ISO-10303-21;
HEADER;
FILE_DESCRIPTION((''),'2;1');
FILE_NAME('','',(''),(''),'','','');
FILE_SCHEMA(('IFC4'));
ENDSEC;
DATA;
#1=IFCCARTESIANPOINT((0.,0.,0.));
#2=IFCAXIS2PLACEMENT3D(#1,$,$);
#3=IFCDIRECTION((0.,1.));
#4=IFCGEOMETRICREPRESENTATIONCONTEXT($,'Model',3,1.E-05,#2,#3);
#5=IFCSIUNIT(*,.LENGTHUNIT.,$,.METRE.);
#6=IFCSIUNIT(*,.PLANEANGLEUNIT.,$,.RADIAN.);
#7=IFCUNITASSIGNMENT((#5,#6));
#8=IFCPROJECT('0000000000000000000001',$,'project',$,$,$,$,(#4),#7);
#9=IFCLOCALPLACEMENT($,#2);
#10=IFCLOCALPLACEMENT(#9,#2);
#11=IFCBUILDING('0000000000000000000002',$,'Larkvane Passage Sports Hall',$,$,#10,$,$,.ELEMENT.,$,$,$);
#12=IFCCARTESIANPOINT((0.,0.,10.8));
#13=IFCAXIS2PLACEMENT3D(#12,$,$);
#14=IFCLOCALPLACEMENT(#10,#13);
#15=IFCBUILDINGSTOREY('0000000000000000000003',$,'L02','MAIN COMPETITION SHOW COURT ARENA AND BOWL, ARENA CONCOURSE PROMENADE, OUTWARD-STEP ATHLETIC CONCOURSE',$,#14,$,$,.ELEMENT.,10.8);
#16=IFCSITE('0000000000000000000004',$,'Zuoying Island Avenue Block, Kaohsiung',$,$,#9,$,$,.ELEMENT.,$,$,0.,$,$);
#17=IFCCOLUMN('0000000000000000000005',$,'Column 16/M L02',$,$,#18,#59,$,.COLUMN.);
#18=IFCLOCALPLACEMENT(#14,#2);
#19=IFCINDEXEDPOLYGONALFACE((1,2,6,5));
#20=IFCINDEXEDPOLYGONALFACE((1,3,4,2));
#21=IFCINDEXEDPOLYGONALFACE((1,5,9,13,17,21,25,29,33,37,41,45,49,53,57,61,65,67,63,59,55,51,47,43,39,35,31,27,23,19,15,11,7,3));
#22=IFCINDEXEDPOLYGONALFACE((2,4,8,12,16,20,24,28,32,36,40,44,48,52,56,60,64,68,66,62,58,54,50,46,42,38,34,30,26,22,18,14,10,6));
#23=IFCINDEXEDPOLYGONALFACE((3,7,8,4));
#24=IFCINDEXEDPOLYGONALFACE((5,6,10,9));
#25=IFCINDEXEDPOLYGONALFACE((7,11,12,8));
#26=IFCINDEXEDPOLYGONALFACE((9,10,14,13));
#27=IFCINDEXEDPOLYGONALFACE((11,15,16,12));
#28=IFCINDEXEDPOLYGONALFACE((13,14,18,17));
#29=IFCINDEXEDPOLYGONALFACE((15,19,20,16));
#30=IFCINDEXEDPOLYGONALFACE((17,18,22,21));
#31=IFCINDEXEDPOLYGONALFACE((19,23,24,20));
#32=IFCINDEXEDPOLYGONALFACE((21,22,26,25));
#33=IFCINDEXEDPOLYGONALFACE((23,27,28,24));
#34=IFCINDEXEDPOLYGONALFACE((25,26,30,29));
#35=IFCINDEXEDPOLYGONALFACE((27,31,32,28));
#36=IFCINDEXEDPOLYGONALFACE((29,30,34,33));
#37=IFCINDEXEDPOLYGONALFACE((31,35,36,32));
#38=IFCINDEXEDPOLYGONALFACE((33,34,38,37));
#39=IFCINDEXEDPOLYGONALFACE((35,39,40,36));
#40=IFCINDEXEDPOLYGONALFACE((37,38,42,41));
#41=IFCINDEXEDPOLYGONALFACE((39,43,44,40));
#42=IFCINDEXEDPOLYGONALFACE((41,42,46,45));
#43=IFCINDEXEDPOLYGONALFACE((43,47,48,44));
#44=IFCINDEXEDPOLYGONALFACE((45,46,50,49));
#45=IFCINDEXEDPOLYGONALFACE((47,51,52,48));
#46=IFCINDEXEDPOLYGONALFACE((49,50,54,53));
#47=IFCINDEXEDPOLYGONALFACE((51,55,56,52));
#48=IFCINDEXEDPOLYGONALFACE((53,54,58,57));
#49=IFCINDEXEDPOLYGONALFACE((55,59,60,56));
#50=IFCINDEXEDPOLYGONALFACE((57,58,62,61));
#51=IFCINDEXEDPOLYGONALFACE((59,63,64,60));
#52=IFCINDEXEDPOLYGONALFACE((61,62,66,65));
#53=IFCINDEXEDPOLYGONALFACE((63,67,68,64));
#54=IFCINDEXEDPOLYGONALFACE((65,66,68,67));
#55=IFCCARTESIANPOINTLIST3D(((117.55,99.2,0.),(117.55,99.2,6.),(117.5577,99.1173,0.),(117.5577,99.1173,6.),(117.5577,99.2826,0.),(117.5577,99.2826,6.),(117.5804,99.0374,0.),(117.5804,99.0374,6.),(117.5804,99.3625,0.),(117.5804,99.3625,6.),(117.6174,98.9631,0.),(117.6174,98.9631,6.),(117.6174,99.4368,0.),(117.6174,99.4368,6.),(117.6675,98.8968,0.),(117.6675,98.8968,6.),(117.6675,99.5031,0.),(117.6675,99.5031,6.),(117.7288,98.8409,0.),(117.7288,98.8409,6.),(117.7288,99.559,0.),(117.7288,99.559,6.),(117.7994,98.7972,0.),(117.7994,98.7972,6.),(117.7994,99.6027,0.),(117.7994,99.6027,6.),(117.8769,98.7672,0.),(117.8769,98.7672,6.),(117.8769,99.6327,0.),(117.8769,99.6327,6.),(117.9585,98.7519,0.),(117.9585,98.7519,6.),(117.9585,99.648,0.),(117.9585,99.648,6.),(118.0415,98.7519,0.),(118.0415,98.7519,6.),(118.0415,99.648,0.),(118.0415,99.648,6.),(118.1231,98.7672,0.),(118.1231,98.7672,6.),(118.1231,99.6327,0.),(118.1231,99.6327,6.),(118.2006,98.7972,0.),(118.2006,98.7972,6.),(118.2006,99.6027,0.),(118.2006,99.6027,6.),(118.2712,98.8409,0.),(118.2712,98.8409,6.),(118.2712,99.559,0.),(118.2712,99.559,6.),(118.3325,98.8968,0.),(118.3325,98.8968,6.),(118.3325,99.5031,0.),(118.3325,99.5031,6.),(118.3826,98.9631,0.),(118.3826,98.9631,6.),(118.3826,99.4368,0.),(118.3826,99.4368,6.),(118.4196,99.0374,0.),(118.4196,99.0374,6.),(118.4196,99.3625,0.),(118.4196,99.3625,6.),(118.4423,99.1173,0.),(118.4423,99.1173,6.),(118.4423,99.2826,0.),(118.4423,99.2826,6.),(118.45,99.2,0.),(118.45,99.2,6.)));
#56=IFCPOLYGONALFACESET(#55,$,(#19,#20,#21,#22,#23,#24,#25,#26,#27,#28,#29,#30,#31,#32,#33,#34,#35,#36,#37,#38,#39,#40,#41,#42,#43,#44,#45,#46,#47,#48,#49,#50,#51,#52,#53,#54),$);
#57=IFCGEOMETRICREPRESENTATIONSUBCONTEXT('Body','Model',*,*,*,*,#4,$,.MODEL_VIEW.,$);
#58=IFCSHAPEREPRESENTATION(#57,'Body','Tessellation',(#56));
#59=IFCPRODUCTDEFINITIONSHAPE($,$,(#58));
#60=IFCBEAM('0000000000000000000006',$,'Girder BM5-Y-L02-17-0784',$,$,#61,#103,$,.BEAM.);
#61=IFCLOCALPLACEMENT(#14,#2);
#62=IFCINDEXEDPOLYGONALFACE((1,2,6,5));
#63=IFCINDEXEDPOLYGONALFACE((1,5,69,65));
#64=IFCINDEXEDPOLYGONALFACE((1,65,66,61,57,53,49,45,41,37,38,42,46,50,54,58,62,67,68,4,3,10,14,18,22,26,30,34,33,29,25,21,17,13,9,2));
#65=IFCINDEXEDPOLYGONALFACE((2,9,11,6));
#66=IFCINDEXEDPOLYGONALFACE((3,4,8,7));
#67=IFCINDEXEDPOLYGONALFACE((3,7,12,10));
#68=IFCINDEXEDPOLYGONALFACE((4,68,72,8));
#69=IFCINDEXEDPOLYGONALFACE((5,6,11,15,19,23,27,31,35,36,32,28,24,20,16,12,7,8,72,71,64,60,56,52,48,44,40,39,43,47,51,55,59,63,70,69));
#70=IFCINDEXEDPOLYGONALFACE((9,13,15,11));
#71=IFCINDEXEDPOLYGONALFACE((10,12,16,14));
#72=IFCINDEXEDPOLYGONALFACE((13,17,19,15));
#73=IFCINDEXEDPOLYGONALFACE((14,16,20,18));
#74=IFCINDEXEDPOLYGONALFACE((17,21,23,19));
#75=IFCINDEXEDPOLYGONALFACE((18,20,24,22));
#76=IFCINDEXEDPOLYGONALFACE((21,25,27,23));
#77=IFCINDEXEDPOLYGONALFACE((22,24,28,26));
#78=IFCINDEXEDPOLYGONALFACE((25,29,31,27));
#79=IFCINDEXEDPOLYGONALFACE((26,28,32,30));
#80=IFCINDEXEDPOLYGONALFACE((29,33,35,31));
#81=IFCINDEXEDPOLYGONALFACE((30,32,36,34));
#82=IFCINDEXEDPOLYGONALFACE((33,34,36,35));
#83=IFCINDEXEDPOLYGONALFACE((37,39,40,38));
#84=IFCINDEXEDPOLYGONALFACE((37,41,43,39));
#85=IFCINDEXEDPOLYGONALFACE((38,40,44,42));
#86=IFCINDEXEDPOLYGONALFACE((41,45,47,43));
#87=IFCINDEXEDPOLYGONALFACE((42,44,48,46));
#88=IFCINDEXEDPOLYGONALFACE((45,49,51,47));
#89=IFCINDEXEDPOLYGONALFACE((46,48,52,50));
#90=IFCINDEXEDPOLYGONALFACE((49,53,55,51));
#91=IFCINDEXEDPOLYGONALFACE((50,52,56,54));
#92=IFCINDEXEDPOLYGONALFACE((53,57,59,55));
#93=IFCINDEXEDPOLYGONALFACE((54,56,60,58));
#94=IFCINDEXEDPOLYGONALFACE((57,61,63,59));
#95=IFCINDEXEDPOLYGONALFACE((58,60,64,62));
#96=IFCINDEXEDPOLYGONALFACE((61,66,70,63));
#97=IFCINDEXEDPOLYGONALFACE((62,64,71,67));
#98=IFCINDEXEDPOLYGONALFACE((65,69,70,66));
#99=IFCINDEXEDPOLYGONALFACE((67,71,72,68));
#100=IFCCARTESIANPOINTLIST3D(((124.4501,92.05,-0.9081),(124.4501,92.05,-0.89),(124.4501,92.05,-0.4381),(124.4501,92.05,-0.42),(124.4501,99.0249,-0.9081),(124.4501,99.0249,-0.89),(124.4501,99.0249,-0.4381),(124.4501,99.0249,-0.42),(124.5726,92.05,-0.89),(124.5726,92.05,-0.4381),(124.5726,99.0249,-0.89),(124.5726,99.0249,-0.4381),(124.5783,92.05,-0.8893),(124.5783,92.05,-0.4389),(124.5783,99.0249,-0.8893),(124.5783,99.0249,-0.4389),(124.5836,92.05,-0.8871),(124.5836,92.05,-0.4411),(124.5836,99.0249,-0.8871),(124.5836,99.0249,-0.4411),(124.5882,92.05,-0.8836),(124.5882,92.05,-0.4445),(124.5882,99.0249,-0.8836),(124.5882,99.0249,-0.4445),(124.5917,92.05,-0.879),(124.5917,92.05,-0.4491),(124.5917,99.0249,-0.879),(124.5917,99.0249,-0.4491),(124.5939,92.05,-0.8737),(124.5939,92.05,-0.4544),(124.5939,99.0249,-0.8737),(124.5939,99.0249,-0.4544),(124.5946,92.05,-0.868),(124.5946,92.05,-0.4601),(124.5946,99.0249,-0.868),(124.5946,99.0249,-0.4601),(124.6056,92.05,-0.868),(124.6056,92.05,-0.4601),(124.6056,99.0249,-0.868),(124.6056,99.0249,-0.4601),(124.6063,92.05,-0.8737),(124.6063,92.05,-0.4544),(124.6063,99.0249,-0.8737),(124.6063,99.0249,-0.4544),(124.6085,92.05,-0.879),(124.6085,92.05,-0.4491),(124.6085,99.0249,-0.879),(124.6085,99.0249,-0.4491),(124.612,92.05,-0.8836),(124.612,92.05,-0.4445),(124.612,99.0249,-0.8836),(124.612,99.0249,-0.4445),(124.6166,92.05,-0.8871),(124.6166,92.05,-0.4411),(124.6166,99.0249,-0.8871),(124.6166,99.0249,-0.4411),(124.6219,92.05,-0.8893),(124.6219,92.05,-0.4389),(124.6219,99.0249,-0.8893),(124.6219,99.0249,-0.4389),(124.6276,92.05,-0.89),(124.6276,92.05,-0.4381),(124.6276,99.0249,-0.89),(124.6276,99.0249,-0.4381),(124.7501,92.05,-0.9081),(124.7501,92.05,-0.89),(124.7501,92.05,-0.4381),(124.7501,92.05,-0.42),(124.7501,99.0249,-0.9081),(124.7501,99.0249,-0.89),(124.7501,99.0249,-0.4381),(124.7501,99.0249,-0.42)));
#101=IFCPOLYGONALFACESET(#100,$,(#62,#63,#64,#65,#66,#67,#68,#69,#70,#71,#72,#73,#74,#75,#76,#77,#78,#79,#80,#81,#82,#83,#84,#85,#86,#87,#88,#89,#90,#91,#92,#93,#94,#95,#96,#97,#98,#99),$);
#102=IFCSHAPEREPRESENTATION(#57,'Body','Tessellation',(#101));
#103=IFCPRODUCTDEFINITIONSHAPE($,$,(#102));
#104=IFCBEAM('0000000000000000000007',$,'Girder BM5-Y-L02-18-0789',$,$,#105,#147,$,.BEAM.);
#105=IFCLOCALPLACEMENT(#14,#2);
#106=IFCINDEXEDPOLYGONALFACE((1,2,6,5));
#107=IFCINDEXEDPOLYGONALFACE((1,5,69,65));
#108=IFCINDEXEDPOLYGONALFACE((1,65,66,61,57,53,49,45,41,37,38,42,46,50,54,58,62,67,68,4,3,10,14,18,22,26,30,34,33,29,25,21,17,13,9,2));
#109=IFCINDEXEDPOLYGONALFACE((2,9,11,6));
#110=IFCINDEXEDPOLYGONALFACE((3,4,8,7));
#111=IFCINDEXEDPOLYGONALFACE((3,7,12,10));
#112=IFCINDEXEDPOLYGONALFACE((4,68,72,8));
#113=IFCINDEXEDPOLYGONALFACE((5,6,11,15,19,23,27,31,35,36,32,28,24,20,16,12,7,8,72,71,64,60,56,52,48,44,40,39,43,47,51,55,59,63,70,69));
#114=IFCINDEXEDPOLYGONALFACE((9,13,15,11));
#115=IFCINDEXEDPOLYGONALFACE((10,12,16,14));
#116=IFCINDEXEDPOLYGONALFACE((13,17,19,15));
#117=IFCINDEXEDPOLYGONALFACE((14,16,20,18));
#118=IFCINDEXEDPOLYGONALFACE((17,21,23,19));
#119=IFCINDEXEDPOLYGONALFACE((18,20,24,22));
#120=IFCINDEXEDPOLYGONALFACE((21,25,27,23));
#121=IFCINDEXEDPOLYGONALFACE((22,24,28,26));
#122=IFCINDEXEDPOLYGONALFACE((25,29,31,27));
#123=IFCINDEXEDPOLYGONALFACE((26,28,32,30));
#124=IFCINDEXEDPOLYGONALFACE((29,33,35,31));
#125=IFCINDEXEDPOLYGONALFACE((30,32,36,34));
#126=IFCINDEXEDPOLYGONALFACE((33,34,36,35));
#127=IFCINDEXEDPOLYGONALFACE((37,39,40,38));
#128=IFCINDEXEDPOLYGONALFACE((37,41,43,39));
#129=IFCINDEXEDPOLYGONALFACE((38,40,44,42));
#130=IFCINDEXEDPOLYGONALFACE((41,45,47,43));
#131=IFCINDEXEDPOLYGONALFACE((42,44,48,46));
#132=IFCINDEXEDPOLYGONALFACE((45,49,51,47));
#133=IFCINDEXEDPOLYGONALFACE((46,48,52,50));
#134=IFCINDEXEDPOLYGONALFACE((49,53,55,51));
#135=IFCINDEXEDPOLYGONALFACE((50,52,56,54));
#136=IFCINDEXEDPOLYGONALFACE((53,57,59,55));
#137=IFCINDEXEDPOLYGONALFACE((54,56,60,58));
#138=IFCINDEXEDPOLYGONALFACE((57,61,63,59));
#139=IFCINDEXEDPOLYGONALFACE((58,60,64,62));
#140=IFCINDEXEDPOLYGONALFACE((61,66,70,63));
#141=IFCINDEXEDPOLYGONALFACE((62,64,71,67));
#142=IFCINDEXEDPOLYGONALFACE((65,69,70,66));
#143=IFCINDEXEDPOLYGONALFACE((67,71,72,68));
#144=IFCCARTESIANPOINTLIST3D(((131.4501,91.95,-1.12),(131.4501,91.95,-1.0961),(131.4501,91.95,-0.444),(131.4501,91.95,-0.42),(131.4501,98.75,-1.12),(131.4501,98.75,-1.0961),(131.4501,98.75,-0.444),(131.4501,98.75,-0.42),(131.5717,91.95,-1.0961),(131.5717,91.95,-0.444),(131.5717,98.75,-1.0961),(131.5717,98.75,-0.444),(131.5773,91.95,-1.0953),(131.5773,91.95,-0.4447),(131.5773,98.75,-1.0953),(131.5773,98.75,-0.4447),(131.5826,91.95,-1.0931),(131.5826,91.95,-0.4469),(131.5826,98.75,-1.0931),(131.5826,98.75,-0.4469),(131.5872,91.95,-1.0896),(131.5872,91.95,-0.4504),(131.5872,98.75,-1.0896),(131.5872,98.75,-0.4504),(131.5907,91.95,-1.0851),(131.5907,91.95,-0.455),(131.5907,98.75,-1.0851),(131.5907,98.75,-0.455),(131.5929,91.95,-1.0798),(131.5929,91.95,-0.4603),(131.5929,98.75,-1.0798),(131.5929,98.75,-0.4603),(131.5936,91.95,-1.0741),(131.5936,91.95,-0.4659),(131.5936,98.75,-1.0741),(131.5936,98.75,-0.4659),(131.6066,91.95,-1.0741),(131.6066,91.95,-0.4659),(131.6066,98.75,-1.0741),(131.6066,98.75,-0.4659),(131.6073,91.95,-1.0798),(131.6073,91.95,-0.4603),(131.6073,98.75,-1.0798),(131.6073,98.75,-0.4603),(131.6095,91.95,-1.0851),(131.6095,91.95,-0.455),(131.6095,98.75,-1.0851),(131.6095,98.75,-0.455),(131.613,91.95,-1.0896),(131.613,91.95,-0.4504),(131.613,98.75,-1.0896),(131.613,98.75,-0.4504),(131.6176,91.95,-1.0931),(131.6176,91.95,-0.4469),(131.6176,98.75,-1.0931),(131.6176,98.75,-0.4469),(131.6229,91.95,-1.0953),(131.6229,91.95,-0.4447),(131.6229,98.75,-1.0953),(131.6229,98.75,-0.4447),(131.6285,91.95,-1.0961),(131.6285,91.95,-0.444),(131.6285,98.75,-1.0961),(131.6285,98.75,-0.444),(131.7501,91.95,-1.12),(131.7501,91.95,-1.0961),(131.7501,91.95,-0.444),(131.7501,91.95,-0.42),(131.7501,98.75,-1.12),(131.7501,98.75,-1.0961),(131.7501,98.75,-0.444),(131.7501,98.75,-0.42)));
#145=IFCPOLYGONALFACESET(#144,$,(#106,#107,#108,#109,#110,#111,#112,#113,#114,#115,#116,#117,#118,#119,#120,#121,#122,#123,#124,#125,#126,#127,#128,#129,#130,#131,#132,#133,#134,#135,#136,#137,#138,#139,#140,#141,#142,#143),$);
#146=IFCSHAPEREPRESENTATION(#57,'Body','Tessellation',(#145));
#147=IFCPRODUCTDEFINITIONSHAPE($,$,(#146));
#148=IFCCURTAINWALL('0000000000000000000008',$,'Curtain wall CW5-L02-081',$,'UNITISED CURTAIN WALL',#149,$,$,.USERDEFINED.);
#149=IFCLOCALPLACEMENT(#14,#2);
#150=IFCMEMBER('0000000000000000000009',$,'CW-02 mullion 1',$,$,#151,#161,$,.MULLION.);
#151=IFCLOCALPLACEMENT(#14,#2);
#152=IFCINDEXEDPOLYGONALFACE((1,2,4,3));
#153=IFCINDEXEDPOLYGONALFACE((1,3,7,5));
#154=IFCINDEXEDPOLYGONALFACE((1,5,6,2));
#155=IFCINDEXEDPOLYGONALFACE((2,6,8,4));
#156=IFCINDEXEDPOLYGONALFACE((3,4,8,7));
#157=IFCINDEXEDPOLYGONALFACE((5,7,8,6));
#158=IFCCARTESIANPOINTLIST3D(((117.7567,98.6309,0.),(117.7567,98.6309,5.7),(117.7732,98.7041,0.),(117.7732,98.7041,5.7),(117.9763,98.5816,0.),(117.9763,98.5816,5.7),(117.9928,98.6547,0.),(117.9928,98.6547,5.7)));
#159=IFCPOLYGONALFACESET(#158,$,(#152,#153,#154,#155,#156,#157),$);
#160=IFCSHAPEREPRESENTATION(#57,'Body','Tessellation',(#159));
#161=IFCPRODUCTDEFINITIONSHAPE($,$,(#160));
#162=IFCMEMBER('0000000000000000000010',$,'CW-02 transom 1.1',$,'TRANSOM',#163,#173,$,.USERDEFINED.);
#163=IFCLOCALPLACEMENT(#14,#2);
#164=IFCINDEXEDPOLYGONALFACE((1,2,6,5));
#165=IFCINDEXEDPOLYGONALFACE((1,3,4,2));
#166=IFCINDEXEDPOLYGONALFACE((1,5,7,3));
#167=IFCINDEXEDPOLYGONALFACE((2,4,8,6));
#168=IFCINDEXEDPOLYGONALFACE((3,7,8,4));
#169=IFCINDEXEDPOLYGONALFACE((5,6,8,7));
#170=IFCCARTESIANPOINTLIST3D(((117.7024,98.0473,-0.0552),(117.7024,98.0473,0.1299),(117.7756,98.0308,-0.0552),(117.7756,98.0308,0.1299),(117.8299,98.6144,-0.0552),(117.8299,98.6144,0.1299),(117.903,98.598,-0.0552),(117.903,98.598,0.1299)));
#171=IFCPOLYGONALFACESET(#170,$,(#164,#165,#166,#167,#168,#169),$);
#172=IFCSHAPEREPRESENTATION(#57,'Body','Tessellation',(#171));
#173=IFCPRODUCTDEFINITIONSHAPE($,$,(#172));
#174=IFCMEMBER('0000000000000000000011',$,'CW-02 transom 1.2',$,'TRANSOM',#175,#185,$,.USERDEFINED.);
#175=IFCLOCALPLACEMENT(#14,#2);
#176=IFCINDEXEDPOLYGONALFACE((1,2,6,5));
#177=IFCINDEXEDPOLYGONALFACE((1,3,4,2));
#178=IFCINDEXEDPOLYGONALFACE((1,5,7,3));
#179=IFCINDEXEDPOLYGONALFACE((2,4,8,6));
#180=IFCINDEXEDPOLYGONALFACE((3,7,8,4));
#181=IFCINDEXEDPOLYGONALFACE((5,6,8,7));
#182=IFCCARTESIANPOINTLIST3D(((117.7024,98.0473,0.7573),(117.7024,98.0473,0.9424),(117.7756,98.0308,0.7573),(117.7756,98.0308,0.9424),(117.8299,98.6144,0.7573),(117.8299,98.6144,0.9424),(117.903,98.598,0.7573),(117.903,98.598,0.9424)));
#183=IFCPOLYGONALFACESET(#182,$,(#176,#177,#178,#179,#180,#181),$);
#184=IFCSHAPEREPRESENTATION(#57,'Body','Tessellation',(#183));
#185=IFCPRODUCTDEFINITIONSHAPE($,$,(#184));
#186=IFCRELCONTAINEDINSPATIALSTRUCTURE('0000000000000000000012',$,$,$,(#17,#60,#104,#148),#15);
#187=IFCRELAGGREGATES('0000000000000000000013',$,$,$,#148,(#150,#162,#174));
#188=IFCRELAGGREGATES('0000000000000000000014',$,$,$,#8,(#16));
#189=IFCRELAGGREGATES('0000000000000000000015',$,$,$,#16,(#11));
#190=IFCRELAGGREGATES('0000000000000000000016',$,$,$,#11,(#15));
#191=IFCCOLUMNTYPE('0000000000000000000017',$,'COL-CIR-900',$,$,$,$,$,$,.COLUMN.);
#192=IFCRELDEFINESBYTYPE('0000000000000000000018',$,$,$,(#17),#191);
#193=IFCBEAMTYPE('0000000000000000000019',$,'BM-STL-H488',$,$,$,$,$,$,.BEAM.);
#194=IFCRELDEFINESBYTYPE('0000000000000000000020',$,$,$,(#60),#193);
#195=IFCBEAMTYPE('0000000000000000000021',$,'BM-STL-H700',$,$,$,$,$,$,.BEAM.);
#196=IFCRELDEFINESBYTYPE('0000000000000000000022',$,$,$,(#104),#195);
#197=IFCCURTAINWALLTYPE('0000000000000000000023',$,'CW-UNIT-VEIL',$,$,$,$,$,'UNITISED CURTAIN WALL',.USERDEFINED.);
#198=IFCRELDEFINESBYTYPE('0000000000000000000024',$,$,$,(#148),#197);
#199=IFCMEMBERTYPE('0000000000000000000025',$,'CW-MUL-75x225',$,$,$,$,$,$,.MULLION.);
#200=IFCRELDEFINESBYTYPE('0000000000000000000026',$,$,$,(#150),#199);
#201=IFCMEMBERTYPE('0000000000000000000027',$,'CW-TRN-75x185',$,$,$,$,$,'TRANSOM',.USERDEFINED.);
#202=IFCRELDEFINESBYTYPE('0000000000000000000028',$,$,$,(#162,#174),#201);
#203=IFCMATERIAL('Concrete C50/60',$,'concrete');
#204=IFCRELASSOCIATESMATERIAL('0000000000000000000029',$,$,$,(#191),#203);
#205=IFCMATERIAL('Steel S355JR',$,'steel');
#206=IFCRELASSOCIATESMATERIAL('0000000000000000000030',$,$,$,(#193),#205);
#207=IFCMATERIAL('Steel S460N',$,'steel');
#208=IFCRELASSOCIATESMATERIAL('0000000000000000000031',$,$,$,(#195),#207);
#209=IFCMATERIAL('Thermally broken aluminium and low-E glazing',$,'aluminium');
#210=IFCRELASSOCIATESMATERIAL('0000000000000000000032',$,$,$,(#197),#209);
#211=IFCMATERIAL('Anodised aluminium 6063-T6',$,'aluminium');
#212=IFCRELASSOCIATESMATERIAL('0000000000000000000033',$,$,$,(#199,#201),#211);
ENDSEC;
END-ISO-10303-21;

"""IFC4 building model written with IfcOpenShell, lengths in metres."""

from ifc_helpers import new_model, si_unit, direction, frame, origin, origin_2d, place, context, subcontext, project, spatial, rectangle, circle, i_section, extrude, material, material_profile, profile_set, type_object, element, aggregate, save


model = new_model("IFC4")

# Units and contexts
model_context = context("Model", 3, precision=1e-05, world=origin(), true_north=direction((0.0, 1.0)))
body_context = subcontext(model_context, "Body", "Model", "MODEL_VIEW")
ifc_project = project(units=[si_unit("LENGTHUNIT", "METRE"), si_unit("PLANEANGLEUNIT", "RADIAN")], contexts=[model_context])

# Site, building, storey
site_placement = place(None, origin())
site = spatial("IfcSite", under=ifc_project, at=site_placement, Name="Zuoying Island Avenue Block, Kaohsiung", CompositionType="ELEMENT", RefElevation=0.0)
building_placement = place(site_placement, origin())
building = spatial("IfcBuilding", under=site, at=building_placement, Name="Larkvane Passage Sports Hall", CompositionType="ELEMENT")
storey_placement = place(building_placement, frame((0.0, 0.0, 10.8)))
storey = spatial("IfcBuildingStorey", under=building, at=storey_placement, Name="L02", Description="MAIN COMPETITION SHOW COURT ARENA AND BOWL, ARENA CONCOURSE PROMENADE, OUTWARD-STEP ATHLETIC CONCOURSE", CompositionType="ELEMENT", Elevation=10.8)

# Column
ifc_material_1 = material(Name="Concrete C50/60", Category="concrete")
ifc_material_profile_1 = material_profile(ifc_material_1, circle(Radius=0.45, at=origin_2d()), Name="RC-CIR-900")
ifc_profile_set_1 = profile_set([ifc_material_profile_1], Name="Concrete C50/60")
column_type = type_object("IfcColumnType", Name="COL-CIR-900", PredefinedType="COLUMN", material=ifc_profile_set_1)
column_placement = place(storey_placement, frame((118.0, 99.2, 0.0), z_axis=(0.0, 0.0, 1.0), x_axis=(1.0, 0.0, 0.0)))
element("IfcColumn", 1, at=column_placement, inside=storey, type_object=column_type, Name="Column 16/M L02", PredefinedType="COLUMN", context=body_context, shape_type="SweptSolid", body=[
    extrude(circle(Radius=0.45, at=origin_2d()), origin(), (0.0, 0.0, 1.0), 6.0),
])

# Beams
ifc_material_2 = material(Name="Steel S355JR", Category="steel")
ifc_material_profile_2 = material_profile(ifc_material_2, i_section(OverallWidth=0.3, OverallDepth=0.488, WebThickness=0.011, FlangeThickness=0.0181, FilletRadius=0.022, at=origin_2d()), Name="H-488x300x11x18")
ifc_profile_set_2 = profile_set([ifc_material_profile_2], Name="Steel S355JR")
beam_type_1 = type_object("IfcBeamType", Name="BM-STL-H488", PredefinedType="BEAM", material=ifc_profile_set_2)
beam_1_placement = place(storey_placement, frame((124.6001, 92.05, -0.6641), z_axis=(0.0, 1.0, 0.0), x_axis=(-1.0, 0.0, 0.0)))
element("IfcBeam", 2, at=beam_1_placement, inside=storey, type_object=beam_type_1, Name="Girder BM5-Y-L02-17-0784", PredefinedType="BEAM", context=body_context, shape_type="SweptSolid", body=[
    extrude(i_section(OverallWidth=0.3, OverallDepth=0.488, WebThickness=0.011, FlangeThickness=0.0181, FilletRadius=0.022, at=origin_2d()), origin(), (0.0, 0.0, 1.0), 6.9749),
])
ifc_material_3 = material(Name="Steel S460N", Category="steel")
ifc_material_profile_3 = material_profile(ifc_material_3, i_section(OverallWidth=0.3, OverallDepth=0.7, WebThickness=0.0129, FlangeThickness=0.0239, FilletRadius=0.022, at=origin_2d()), Name="H-700x300x13x24")
ifc_profile_set_3 = profile_set([ifc_material_profile_3], Name="Steel S460N")
beam_type_2 = type_object("IfcBeamType", Name="BM-STL-H700", PredefinedType="BEAM", material=ifc_profile_set_3)
beam_2_placement = place(storey_placement, frame((131.6001, 91.95, -0.77), z_axis=(0.0, 1.0, 0.0), x_axis=(-1.0, 0.0, 0.0)))
element("IfcBeam", 3, at=beam_2_placement, inside=storey, type_object=beam_type_2, Name="Girder BM5-Y-L02-18-0789", PredefinedType="BEAM", context=body_context, shape_type="SweptSolid", body=[
    extrude(i_section(OverallWidth=0.3, OverallDepth=0.7, WebThickness=0.0129, FlangeThickness=0.0239, FilletRadius=0.022, at=origin_2d()), origin(), (0.0, 0.0, 1.0), 6.8),
])

# Curtain wall, members
ifc_material_4 = material(Name="Thermally broken aluminium and low-E glazing", Category="aluminium")
curtain_wall_type = type_object("IfcCurtainWallType", Name="CW-UNIT-VEIL", ElementType="UNITISED CURTAIN WALL", PredefinedType="USERDEFINED", material=ifc_material_4)
curtain_wall_placement = place(storey_placement, origin())
curtain_wall = element("IfcCurtainWall", 4, at=curtain_wall_placement, inside=storey, type_object=curtain_wall_type, Name="Curtain wall CW5-L02-081", ObjectType="UNITISED CURTAIN WALL", PredefinedType="USERDEFINED")
ifc_material_5 = material(Name="Anodised aluminium 6063-T6", Category="aluminium")
ifc_material_profile_4 = material_profile(ifc_material_5, rectangle(XDim=0.075, YDim=0.2251, at=origin_2d()), Name="ALU-MUL-75x225")
ifc_profile_set_4 = profile_set([ifc_material_profile_4], Name="Anodised aluminium 6063-T6")
member_type_1 = type_object("IfcMemberType", Name="CW-MUL-75x225", PredefinedType="MULLION", material=ifc_profile_set_4)
member_1_placement = place(storey_placement, frame((117.8748, 98.6428, 0.0), z_axis=(0.0, 0.0, 1.0), x_axis=(-0.219257, -0.975667, 0.0)))
member_1 = element("IfcMember", 5, at=member_1_placement, type_object=member_type_1, Name="CW-02 mullion 1", PredefinedType="MULLION", context=body_context, shape_type="SweptSolid", body=[
    extrude(rectangle(XDim=0.075, YDim=0.2251, at=origin_2d()), origin(), (0.0, 0.0, 1.0), 5.7),
])
ifc_material_profile_5 = material_profile(ifc_material_5, rectangle(XDim=0.075, YDim=0.1851, at=origin_2d()), Name="ALU-TRN-75x185")
ifc_profile_set_5 = profile_set([ifc_material_profile_5], Name="Anodised aluminium 6063-T6")
member_type_2 = type_object("IfcMemberType", Name="CW-TRN-75x185", ElementType="TRANSOM", PredefinedType="USERDEFINED", material=ifc_profile_set_5)
member_2_placement = place(storey_placement, frame((117.8665, 98.6062, 0.0374), z_axis=(-0.219242, -0.97567, 0.0), x_axis=(0.97567, -0.219242, 0.0)))
member_2 = element("IfcMember", 6, at=member_2_placement, type_object=member_type_2, Name="CW-02 transom 1.1", ObjectType="TRANSOM", PredefinedType="USERDEFINED", context=body_context, shape_type="SweptSolid", body=[
    extrude(rectangle(XDim=0.075, YDim=0.1851, at=origin_2d()), origin(), (0.0, 0.0, 1.0), 0.5813),
])
member_3_placement = place(storey_placement, frame((117.8665, 98.6062, 0.8499), z_axis=(-0.219242, -0.97567, 0.0), x_axis=(0.97567, -0.219242, 0.0)))
member_3 = element("IfcMember", 7, at=member_3_placement, type_object=member_type_2, Name="CW-02 transom 1.2", ObjectType="TRANSOM", PredefinedType="USERDEFINED", context=body_context, shape_type="SweptSolid", body=[
    extrude(rectangle(XDim=0.075, YDim=0.1851, at=origin_2d()), origin(), (0.0, 0.0, 1.0), 0.5813),
])

aggregate(curtain_wall, [member_1, member_2, member_3])

save(model, "model.ifc")
